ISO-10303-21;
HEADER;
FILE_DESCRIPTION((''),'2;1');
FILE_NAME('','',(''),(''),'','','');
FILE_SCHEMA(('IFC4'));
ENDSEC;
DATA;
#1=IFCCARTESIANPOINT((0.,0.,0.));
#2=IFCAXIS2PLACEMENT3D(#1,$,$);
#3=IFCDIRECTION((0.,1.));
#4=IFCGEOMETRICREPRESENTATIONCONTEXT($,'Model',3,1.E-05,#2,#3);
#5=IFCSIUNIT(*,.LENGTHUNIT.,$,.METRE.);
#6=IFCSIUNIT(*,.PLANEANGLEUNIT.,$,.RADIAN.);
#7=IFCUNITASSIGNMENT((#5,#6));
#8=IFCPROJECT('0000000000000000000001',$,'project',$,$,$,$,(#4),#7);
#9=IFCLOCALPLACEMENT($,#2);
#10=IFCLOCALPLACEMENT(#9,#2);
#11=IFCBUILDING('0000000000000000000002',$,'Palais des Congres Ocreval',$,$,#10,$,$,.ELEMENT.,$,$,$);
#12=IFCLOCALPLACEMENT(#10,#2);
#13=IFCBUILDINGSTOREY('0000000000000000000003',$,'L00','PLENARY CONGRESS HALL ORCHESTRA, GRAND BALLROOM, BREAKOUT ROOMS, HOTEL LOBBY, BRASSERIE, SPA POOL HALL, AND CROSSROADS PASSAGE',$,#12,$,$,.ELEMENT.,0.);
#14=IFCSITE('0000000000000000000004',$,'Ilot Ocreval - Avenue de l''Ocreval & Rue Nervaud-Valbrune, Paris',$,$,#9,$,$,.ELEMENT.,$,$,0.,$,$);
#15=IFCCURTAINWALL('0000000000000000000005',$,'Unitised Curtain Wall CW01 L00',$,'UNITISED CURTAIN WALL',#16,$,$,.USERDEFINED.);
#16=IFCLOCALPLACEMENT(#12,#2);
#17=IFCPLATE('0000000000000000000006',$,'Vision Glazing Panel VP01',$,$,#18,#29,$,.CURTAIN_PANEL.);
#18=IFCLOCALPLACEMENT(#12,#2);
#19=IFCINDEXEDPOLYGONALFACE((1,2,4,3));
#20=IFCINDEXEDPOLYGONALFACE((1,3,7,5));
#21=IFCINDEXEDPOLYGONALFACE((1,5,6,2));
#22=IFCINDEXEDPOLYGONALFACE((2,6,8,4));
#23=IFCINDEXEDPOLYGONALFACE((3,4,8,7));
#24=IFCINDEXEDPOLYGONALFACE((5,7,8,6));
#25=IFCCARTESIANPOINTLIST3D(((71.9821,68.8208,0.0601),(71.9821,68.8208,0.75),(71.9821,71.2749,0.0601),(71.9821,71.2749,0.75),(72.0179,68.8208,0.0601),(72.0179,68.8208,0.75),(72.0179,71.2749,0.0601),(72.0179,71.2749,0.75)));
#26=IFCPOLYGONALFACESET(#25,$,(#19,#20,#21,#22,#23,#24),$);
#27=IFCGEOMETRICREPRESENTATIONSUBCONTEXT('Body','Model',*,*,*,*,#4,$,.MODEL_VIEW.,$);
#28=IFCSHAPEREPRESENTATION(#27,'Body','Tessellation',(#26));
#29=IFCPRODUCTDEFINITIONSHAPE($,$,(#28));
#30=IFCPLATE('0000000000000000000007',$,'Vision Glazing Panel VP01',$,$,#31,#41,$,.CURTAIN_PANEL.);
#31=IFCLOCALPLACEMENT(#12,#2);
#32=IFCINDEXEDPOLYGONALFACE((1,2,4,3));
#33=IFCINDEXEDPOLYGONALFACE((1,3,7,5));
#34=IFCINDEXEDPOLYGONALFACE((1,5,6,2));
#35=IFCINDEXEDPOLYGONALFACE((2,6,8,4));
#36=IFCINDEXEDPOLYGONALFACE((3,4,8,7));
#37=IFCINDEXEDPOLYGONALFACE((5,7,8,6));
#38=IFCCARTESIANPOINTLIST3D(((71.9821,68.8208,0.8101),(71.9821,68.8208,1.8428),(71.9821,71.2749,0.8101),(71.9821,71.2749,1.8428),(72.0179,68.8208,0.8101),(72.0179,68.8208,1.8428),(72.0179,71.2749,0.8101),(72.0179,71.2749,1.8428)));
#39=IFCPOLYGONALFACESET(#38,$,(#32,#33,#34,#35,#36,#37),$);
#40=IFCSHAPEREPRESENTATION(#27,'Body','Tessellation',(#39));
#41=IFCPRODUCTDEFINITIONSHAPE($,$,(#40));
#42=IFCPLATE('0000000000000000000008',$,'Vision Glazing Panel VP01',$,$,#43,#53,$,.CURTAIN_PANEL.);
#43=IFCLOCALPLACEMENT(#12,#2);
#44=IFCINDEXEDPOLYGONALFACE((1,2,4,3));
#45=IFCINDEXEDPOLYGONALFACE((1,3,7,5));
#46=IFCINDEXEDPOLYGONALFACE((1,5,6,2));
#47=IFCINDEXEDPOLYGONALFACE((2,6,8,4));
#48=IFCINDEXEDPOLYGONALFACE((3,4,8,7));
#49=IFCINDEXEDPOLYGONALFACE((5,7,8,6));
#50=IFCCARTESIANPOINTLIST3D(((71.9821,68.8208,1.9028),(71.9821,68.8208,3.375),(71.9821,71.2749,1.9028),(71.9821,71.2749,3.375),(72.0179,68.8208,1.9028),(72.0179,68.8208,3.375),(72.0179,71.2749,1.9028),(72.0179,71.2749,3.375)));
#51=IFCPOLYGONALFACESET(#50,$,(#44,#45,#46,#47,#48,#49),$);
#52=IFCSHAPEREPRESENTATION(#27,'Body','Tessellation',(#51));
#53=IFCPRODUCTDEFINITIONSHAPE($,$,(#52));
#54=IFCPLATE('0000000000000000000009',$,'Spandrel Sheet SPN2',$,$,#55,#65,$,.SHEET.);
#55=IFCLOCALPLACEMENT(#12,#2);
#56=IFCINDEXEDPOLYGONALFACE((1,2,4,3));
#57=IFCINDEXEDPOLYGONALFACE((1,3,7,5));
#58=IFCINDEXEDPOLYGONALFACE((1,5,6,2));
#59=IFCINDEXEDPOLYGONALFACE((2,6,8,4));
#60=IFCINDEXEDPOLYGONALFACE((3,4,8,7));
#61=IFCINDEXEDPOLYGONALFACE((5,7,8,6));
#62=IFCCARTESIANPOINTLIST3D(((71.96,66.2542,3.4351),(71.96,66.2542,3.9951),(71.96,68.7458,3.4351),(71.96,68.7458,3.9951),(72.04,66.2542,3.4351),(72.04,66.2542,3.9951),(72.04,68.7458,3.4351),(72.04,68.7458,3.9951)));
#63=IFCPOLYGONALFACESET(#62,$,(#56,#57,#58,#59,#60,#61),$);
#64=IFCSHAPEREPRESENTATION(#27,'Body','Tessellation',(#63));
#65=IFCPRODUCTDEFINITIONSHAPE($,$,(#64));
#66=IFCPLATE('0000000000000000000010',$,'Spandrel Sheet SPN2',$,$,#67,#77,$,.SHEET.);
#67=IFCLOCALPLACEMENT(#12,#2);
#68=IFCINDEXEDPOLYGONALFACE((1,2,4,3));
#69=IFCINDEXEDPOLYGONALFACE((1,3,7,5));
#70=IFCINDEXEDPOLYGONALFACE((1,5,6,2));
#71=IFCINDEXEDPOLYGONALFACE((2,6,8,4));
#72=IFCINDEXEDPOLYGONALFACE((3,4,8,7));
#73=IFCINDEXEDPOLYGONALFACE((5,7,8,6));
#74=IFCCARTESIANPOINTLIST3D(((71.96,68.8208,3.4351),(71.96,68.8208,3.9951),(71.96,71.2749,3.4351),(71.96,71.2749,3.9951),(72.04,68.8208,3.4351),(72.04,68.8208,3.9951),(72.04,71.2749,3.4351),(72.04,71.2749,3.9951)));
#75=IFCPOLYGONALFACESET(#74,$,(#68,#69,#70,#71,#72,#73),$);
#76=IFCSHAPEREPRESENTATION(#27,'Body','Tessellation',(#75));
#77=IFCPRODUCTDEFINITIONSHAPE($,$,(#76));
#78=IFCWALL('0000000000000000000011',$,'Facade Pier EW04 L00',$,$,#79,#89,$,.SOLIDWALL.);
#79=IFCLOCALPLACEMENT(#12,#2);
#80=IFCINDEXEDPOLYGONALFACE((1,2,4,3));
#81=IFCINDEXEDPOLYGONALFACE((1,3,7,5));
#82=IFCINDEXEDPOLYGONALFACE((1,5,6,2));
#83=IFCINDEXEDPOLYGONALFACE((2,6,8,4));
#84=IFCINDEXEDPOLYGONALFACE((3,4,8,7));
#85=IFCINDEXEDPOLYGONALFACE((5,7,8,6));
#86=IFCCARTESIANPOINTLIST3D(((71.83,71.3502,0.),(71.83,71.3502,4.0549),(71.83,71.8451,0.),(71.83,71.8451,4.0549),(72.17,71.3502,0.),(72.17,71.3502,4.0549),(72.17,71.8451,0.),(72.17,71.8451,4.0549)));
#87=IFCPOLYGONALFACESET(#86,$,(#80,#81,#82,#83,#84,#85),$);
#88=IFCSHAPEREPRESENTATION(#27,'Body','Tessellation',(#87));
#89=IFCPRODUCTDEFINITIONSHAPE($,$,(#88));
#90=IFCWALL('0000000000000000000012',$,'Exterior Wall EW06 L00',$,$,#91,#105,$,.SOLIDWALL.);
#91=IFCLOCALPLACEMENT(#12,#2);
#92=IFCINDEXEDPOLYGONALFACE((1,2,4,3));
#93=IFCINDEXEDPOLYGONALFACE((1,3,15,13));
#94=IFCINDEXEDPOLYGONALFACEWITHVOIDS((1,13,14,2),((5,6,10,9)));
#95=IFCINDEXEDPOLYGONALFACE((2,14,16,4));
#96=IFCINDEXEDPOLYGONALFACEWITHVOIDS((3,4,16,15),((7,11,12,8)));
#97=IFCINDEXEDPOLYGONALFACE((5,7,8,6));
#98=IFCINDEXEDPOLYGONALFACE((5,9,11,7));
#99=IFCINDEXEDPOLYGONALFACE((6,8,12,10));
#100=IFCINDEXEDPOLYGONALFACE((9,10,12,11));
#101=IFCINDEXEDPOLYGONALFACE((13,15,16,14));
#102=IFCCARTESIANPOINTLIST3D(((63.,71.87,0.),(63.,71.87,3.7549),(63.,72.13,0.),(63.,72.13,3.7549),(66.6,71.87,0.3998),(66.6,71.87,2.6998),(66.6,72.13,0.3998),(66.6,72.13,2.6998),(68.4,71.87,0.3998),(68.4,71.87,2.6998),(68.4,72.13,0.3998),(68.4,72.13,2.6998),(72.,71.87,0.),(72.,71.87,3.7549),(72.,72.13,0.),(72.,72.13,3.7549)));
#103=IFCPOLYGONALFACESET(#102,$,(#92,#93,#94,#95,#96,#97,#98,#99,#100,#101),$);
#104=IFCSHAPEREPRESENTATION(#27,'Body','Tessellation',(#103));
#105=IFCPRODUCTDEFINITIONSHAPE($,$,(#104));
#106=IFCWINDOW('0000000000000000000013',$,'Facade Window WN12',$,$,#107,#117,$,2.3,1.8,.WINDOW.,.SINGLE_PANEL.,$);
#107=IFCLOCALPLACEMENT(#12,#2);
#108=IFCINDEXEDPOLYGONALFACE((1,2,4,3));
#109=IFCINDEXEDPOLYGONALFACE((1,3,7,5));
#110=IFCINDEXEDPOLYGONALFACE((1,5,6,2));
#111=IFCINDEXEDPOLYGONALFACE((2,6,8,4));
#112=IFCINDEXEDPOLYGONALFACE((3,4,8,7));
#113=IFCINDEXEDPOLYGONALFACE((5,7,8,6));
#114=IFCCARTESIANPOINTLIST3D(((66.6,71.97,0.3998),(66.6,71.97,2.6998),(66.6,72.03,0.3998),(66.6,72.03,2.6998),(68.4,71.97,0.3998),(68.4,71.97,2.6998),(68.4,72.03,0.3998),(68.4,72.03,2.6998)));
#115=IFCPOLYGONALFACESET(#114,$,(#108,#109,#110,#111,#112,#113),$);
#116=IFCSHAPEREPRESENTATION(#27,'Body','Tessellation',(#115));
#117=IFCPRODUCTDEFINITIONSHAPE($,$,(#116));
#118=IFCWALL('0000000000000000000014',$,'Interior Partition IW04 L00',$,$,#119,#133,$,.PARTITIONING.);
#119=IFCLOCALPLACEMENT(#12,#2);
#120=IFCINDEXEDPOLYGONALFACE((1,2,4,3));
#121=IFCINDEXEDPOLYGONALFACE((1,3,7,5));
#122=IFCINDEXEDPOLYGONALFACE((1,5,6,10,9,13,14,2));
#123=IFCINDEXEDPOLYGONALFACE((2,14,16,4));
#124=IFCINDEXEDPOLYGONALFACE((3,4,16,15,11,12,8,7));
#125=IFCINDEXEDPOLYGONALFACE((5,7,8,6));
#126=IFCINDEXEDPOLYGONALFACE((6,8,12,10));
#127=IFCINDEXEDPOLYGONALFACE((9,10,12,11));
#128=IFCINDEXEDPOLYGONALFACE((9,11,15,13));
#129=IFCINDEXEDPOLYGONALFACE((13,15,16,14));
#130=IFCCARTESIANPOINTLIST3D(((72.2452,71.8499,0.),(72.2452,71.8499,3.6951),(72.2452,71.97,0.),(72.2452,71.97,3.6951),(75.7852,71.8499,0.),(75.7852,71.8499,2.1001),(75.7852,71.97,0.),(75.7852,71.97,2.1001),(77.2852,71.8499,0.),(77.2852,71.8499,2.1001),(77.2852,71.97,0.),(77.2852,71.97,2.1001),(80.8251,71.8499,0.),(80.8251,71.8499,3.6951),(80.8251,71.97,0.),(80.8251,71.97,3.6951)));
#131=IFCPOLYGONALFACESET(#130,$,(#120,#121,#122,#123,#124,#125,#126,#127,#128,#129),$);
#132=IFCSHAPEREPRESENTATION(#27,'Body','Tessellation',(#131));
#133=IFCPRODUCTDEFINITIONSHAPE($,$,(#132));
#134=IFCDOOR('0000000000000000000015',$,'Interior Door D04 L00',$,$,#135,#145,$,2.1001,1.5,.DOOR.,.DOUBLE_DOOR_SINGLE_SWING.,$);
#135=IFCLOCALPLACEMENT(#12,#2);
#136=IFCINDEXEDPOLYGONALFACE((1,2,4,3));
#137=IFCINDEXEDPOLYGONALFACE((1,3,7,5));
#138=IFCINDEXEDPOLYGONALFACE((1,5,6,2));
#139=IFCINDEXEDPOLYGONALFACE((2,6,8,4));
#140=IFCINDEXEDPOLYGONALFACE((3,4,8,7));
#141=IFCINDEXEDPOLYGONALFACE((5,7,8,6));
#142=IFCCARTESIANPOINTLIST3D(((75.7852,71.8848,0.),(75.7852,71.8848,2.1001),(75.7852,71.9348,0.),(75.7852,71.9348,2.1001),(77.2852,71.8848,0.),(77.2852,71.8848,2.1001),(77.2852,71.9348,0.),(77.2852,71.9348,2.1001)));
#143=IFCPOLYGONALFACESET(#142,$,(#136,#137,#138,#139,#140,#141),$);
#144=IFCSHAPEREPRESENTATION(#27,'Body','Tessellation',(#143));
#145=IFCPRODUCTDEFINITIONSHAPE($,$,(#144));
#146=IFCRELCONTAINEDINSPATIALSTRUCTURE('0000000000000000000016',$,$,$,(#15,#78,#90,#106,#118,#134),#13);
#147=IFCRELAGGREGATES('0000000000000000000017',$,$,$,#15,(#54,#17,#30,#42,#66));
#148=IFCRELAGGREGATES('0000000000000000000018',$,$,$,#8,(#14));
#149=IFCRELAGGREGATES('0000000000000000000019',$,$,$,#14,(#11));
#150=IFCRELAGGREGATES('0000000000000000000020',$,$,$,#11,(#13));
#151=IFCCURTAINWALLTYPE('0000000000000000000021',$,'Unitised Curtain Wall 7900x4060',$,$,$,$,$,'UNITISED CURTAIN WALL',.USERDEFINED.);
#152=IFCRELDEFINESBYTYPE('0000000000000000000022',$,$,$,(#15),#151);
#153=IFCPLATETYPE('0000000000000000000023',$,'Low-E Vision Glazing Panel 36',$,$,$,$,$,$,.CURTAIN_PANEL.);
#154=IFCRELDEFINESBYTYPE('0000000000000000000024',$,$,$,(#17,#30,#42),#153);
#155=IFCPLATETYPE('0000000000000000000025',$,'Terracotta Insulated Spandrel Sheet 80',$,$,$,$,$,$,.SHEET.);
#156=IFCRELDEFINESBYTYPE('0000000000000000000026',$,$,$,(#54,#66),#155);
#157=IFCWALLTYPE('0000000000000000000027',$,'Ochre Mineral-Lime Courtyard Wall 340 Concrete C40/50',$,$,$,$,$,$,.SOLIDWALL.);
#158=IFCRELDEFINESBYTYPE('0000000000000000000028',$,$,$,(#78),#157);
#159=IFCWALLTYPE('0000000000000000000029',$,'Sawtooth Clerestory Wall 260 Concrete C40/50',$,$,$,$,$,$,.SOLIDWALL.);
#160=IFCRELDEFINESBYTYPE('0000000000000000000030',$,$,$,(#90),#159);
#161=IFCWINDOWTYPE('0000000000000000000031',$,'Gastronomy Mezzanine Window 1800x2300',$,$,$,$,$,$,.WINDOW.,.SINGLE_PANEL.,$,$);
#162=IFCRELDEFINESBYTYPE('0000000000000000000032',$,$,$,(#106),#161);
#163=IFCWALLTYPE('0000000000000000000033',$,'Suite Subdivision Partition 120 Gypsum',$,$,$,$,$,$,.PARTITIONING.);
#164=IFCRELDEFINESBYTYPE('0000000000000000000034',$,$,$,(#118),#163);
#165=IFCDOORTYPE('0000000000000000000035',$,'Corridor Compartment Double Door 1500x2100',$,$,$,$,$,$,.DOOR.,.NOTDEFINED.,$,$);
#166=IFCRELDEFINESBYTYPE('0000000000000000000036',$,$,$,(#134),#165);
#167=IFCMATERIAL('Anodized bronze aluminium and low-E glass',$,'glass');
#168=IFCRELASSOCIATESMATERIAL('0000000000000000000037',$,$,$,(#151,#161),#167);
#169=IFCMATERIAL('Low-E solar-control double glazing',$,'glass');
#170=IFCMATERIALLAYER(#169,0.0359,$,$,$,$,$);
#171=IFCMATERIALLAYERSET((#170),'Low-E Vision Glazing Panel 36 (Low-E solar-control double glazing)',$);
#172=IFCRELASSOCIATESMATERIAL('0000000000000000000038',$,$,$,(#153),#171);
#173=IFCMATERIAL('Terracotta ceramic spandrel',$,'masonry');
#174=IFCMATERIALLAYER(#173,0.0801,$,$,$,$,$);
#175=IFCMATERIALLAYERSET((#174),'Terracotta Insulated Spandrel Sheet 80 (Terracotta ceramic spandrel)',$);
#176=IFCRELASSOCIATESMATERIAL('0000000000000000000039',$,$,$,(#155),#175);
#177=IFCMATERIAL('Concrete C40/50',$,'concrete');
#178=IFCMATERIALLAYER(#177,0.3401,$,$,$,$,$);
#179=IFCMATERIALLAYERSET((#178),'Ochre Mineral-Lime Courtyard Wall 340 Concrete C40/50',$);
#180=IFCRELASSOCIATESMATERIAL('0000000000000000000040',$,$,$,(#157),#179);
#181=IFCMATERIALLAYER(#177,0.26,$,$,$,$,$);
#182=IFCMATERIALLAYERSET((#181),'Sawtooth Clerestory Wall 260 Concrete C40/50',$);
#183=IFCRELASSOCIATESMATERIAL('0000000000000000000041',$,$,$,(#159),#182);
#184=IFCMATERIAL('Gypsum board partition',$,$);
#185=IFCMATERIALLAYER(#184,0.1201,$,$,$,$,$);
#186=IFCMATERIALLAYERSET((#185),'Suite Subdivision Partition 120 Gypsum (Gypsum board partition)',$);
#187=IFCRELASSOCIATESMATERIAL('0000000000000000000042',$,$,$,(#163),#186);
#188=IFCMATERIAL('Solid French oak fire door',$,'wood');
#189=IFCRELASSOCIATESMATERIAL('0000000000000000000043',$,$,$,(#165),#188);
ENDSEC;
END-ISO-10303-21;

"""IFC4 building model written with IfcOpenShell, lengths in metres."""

from ifc_helpers import new_model, si_unit, direction, frame, frame_2d, origin, origin_2d, place, context, subcontext, project, spatial, rectangle, extrude, material, layer, layer_set, type_object, element, fill, aggregate, save


model = new_model("IFC4")

# Units and contexts
model_context = context("Model", 3, precision=1e-05, world=origin(), true_north=direction((0.0, 1.0)))
body_context = subcontext(model_context, "Body", "Model", "MODEL_VIEW")
ifc_project = project(units=[si_unit("LENGTHUNIT", "METRE"), si_unit("PLANEANGLEUNIT", "RADIAN")], contexts=[model_context])

# Site, building, storey
site_placement = place(None, origin())
site = spatial("IfcSite", under=ifc_project, at=site_placement, Name="Ilot Ocreval - Avenue de l'Ocreval & Rue Nervaud-Valbrune, Paris", CompositionType="ELEMENT", RefElevation=0.0)
building_placement = place(site_placement, origin())
building = spatial("IfcBuilding", under=site, at=building_placement, Name="Palais des Congres Ocreval", CompositionType="ELEMENT")
storey_placement = place(building_placement, origin())
storey = spatial("IfcBuildingStorey", under=building, at=storey_placement, Name="L00", Description="PLENARY CONGRESS HALL ORCHESTRA, GRAND BALLROOM, BREAKOUT ROOMS, HOTEL LOBBY, BRASSERIE, SPA POOL HALL, AND CROSSROADS PASSAGE", CompositionType="ELEMENT", Elevation=0.0)

# Curtain wall
ifc_material_1 = material(Name="Anodized bronze aluminium and low-E glass", Category="glass")
curtain_wall_type = type_object("IfcCurtainWallType", Name="Unitised Curtain Wall 7900x4060", ElementType="UNITISED CURTAIN WALL", PredefinedType="USERDEFINED", material=ifc_material_1)
curtain_wall_placement = place(storey_placement, origin())
curtain_wall = element("IfcCurtainWall", 1, at=curtain_wall_placement, inside=storey, type_object=curtain_wall_type, Name="Unitised Curtain Wall CW01 L00", ObjectType="UNITISED CURTAIN WALL", PredefinedType="USERDEFINED")

# Plates
ifc_material_2 = material(Name="Low-E solar-control double glazing", Category="glass")
ifc_layer_1 = layer(ifc_material_2, 0.0359)
ifc_layer_set_1 = layer_set([ifc_layer_1], Name="Low-E Vision Glazing Panel 36 (Low-E solar-control double glazing)")
plate_type_1 = type_object("IfcPlateType", Name="Low-E Vision Glazing Panel 36", PredefinedType="CURTAIN_PANEL", material=ifc_layer_set_1)
plate_1_placement = place(storey_placement, frame((72.0, 70.0479, 0.0601), z_axis=(0.0, 0.0, 1.0), x_axis=(0.0, 1.0, 0.0)))
plate_1 = element("IfcPlate", 2, at=plate_1_placement, type_object=plate_type_1, Name="Vision Glazing Panel VP01", PredefinedType="CURTAIN_PANEL", context=body_context, shape_type="SweptSolid", body=[
    extrude(rectangle(XDim=2.4541, YDim=0.0359, at=origin_2d()), origin(), (0.0, 0.0, 1.0), 0.6899),
])
plate_2_placement = place(storey_placement, frame((72.0, 70.0479, 0.8101), z_axis=(0.0, 0.0, 1.0), x_axis=(0.0, 1.0, 0.0)))
plate_2 = element("IfcPlate", 3, at=plate_2_placement, type_object=plate_type_1, Name="Vision Glazing Panel VP01", PredefinedType="CURTAIN_PANEL", context=body_context, shape_type="SweptSolid", body=[
    extrude(rectangle(XDim=2.4541, YDim=0.0359, at=origin_2d()), origin(), (0.0, 0.0, 1.0), 1.0327),
])
plate_3_placement = place(storey_placement, frame((72.0, 70.0479, 1.9028), z_axis=(0.0, 0.0, 1.0), x_axis=(0.0, 1.0, 0.0)))
plate_3 = element("IfcPlate", 4, at=plate_3_placement, type_object=plate_type_1, Name="Vision Glazing Panel VP01", PredefinedType="CURTAIN_PANEL", context=body_context, shape_type="SweptSolid", body=[
    extrude(rectangle(XDim=2.4541, YDim=0.0359, at=origin_2d()), origin(), (0.0, 0.0, 1.0), 1.4722),
])
ifc_material_3 = material(Name="Terracotta ceramic spandrel", Category="masonry")
ifc_layer_2 = layer(ifc_material_3, 0.0801)
ifc_layer_set_2 = layer_set([ifc_layer_2], Name="Terracotta Insulated Spandrel Sheet 80 (Terracotta ceramic spandrel)")
plate_type_2 = type_object("IfcPlateType", Name="Terracotta Insulated Spandrel Sheet 80", PredefinedType="SHEET", material=ifc_layer_set_2)
plate_4_placement = place(storey_placement, frame((72.0, 67.5, 3.4351), z_axis=(0.0, 0.0, 1.0), x_axis=(0.0, 1.0, 0.0)))
plate_4 = element("IfcPlate", 5, at=plate_4_placement, type_object=plate_type_2, Name="Spandrel Sheet SPN2", PredefinedType="SHEET", context=body_context, shape_type="SweptSolid", body=[
    extrude(rectangle(XDim=2.4917, YDim=0.0801, at=origin_2d()), origin(), (0.0, 0.0, 1.0), 0.5601),
])
plate_5_placement = place(storey_placement, frame((72.0, 70.0479, 3.4351), z_axis=(0.0, 0.0, 1.0), x_axis=(0.0, 1.0, 0.0)))
plate_5 = element("IfcPlate", 6, at=plate_5_placement, type_object=plate_type_2, Name="Spandrel Sheet SPN2", PredefinedType="SHEET", context=body_context, shape_type="SweptSolid", body=[
    extrude(rectangle(XDim=2.4541, YDim=0.0801, at=origin_2d()), origin(), (0.0, 0.0, 1.0), 0.5601),
])
aggregate(curtain_wall, [plate_4, plate_1, plate_2, plate_3, plate_5])

# Wall
ifc_material_4 = material(Name="Concrete C40/50", Category="concrete")
ifc_layer_3 = layer(ifc_material_4, 0.3401)
ifc_layer_set_3 = layer_set([ifc_layer_3], Name="Ochre Mineral-Lime Courtyard Wall 340 Concrete C40/50")
wall_type_1 = type_object("IfcWallType", Name="Ochre Mineral-Lime Courtyard Wall 340 Concrete C40/50", PredefinedType="SOLIDWALL", material=ifc_layer_set_3)
wall_1_placement = place(storey_placement, frame((72.0, 71.3501, 0.0), z_axis=(0.0, 0.0, 1.0), x_axis=(0.0, 1.0, 0.0)))
element("IfcWall", 7, at=wall_1_placement, inside=storey, type_object=wall_type_1, Name="Facade Pier EW04 L00", PredefinedType="SOLIDWALL", context=body_context, shape_type="SweptSolid", body=[
    extrude(rectangle(XDim=0.4949, YDim=0.3401, at=frame_2d((0.2476, 0.0))), origin(), (0.0, 0.0, 1.0), 4.0549),
])

# Wall, opening, window
ifc_layer_4 = layer(ifc_material_4, 0.26)
ifc_layer_set_4 = layer_set([ifc_layer_4], Name="Sawtooth Clerestory Wall 260 Concrete C40/50")
wall_type_2 = type_object("IfcWallType", Name="Sawtooth Clerestory Wall 260 Concrete C40/50", PredefinedType="SOLIDWALL", material=ifc_layer_set_4)
wall_2_placement = place(storey_placement, frame((72.0, 72.0, 0.0), z_axis=(0.0, 0.0, 1.0), x_axis=(-1.0, 0.0, 0.0)))
wall_2 = element("IfcWall", 8, at=wall_2_placement, inside=storey, type_object=wall_type_2, Name="Exterior Wall EW06 L00", PredefinedType="SOLIDWALL", context=body_context, shape_type="SweptSolid", body=[
    extrude(rectangle(XDim=9.0, YDim=0.26, at=frame_2d((4.5, 0.0))), origin(), (0.0, 0.0, 1.0), 3.7549),
])
opening_1_placement = place(wall_2_placement, frame((3.6001, 0.0, 0.3999)))
opening_1 = element("IfcOpeningElement", 9, at=opening_1_placement, cuts=wall_2, PredefinedType="OPENING", context=body_context, shape_type="SweptSolid", body=[
    extrude(rectangle(XDim=1.8, YDim=2.3, at=frame_2d((0.8999, 1.1499))), frame((0.0, 0.1399, 0.0), z_axis=(0.0, -1.0, 0.0), x_axis=(1.0, 0.0, 0.0)), (0.0, 0.0, 1.0), 0.28),
])
window_type = type_object("IfcWindowType", Name="Gastronomy Mezzanine Window 1800x2300", PartitioningType="SINGLE_PANEL", PredefinedType="WINDOW", material=ifc_material_1)
window_placement = place(opening_1_placement, origin())
window = element("IfcWindow", 10, at=window_placement, inside=storey, type_object=window_type, Name="Facade Window WN12", OverallHeight=2.3, OverallWidth=1.8, PartitioningType="SINGLE_PANEL", PredefinedType="WINDOW", context=body_context, shape_type="SweptSolid", body=[
    extrude(rectangle(XDim=1.8, YDim=2.3, at=frame_2d((0.8999, 1.1499))), frame((0.0, 0.03, 0.0), z_axis=(0.0, -1.0, 0.0), x_axis=(1.0, 0.0, 0.0)), (0.0, 0.0, 1.0), 0.0601),
])
fill(opening_1, window)

# Wall, opening, door
ifc_material_5 = material(Name="Gypsum board partition")
ifc_layer_5 = layer(ifc_material_5, 0.1201)
ifc_layer_set_5 = layer_set([ifc_layer_5], Name="Suite Subdivision Partition 120 Gypsum (Gypsum board partition)")
wall_type_3 = type_object("IfcWallType", Name="Suite Subdivision Partition 120 Gypsum", PredefinedType="PARTITIONING", material=ifc_layer_set_5)
wall_3_placement = place(storey_placement, frame((72.2451, 71.9099, 0.0), z_axis=(0.0, 0.0, 1.0), x_axis=(1.0, 0.0, 0.0)))
wall_3 = element("IfcWall", 11, at=wall_3_placement, inside=storey, type_object=wall_type_3, Name="Interior Partition IW04 L00", PredefinedType="PARTITIONING", context=body_context, shape_type="SweptSolid", body=[
    extrude(rectangle(XDim=8.5798, YDim=0.1201, at=frame_2d((4.29, 0.0))), origin(), (0.0, 0.0, 1.0), 3.6951),
])
opening_2_placement = place(wall_3_placement, frame((3.54, 0.0, 0.0)))
opening_2 = element("IfcOpeningElement", 12, at=opening_2_placement, cuts=wall_3, PredefinedType="OPENING", context=body_context, shape_type="SweptSolid", body=[
    extrude(rectangle(XDim=1.5, YDim=2.1001, at=frame_2d((0.75, 1.05))), frame((0.0, 0.0701, 0.0), z_axis=(0.0, -1.0, 0.0), x_axis=(1.0, 0.0, 0.0)), (0.0, 0.0, 1.0), 0.1401),
])
ifc_material_6 = material(Name="Solid French oak fire door", Category="wood")
door_type = type_object("IfcDoorType", Name="Corridor Compartment Double Door 1500x2100", OperationType="NOTDEFINED", PredefinedType="DOOR", material=ifc_material_6)
door_placement = place(opening_2_placement, origin())
door = element("IfcDoor", 13, at=door_placement, inside=storey, type_object=door_type, Name="Interior Door D04 L00", OperationType="DOUBLE_DOOR_SINGLE_SWING", OverallHeight=2.1001, OverallWidth=1.5, PredefinedType="DOOR", context=body_context, shape_type="SweptSolid", body=[
    extrude(rectangle(XDim=1.5, YDim=2.1001, at=frame_2d((0.75, 1.05))), frame((0.0, 0.0249, 0.0), z_axis=(0.0, -1.0, 0.0), x_axis=(1.0, 0.0, 0.0)), (0.0, 0.0, 1.0), 0.05),
])
fill(opening_2, door)

save(model, "model.ifc")
